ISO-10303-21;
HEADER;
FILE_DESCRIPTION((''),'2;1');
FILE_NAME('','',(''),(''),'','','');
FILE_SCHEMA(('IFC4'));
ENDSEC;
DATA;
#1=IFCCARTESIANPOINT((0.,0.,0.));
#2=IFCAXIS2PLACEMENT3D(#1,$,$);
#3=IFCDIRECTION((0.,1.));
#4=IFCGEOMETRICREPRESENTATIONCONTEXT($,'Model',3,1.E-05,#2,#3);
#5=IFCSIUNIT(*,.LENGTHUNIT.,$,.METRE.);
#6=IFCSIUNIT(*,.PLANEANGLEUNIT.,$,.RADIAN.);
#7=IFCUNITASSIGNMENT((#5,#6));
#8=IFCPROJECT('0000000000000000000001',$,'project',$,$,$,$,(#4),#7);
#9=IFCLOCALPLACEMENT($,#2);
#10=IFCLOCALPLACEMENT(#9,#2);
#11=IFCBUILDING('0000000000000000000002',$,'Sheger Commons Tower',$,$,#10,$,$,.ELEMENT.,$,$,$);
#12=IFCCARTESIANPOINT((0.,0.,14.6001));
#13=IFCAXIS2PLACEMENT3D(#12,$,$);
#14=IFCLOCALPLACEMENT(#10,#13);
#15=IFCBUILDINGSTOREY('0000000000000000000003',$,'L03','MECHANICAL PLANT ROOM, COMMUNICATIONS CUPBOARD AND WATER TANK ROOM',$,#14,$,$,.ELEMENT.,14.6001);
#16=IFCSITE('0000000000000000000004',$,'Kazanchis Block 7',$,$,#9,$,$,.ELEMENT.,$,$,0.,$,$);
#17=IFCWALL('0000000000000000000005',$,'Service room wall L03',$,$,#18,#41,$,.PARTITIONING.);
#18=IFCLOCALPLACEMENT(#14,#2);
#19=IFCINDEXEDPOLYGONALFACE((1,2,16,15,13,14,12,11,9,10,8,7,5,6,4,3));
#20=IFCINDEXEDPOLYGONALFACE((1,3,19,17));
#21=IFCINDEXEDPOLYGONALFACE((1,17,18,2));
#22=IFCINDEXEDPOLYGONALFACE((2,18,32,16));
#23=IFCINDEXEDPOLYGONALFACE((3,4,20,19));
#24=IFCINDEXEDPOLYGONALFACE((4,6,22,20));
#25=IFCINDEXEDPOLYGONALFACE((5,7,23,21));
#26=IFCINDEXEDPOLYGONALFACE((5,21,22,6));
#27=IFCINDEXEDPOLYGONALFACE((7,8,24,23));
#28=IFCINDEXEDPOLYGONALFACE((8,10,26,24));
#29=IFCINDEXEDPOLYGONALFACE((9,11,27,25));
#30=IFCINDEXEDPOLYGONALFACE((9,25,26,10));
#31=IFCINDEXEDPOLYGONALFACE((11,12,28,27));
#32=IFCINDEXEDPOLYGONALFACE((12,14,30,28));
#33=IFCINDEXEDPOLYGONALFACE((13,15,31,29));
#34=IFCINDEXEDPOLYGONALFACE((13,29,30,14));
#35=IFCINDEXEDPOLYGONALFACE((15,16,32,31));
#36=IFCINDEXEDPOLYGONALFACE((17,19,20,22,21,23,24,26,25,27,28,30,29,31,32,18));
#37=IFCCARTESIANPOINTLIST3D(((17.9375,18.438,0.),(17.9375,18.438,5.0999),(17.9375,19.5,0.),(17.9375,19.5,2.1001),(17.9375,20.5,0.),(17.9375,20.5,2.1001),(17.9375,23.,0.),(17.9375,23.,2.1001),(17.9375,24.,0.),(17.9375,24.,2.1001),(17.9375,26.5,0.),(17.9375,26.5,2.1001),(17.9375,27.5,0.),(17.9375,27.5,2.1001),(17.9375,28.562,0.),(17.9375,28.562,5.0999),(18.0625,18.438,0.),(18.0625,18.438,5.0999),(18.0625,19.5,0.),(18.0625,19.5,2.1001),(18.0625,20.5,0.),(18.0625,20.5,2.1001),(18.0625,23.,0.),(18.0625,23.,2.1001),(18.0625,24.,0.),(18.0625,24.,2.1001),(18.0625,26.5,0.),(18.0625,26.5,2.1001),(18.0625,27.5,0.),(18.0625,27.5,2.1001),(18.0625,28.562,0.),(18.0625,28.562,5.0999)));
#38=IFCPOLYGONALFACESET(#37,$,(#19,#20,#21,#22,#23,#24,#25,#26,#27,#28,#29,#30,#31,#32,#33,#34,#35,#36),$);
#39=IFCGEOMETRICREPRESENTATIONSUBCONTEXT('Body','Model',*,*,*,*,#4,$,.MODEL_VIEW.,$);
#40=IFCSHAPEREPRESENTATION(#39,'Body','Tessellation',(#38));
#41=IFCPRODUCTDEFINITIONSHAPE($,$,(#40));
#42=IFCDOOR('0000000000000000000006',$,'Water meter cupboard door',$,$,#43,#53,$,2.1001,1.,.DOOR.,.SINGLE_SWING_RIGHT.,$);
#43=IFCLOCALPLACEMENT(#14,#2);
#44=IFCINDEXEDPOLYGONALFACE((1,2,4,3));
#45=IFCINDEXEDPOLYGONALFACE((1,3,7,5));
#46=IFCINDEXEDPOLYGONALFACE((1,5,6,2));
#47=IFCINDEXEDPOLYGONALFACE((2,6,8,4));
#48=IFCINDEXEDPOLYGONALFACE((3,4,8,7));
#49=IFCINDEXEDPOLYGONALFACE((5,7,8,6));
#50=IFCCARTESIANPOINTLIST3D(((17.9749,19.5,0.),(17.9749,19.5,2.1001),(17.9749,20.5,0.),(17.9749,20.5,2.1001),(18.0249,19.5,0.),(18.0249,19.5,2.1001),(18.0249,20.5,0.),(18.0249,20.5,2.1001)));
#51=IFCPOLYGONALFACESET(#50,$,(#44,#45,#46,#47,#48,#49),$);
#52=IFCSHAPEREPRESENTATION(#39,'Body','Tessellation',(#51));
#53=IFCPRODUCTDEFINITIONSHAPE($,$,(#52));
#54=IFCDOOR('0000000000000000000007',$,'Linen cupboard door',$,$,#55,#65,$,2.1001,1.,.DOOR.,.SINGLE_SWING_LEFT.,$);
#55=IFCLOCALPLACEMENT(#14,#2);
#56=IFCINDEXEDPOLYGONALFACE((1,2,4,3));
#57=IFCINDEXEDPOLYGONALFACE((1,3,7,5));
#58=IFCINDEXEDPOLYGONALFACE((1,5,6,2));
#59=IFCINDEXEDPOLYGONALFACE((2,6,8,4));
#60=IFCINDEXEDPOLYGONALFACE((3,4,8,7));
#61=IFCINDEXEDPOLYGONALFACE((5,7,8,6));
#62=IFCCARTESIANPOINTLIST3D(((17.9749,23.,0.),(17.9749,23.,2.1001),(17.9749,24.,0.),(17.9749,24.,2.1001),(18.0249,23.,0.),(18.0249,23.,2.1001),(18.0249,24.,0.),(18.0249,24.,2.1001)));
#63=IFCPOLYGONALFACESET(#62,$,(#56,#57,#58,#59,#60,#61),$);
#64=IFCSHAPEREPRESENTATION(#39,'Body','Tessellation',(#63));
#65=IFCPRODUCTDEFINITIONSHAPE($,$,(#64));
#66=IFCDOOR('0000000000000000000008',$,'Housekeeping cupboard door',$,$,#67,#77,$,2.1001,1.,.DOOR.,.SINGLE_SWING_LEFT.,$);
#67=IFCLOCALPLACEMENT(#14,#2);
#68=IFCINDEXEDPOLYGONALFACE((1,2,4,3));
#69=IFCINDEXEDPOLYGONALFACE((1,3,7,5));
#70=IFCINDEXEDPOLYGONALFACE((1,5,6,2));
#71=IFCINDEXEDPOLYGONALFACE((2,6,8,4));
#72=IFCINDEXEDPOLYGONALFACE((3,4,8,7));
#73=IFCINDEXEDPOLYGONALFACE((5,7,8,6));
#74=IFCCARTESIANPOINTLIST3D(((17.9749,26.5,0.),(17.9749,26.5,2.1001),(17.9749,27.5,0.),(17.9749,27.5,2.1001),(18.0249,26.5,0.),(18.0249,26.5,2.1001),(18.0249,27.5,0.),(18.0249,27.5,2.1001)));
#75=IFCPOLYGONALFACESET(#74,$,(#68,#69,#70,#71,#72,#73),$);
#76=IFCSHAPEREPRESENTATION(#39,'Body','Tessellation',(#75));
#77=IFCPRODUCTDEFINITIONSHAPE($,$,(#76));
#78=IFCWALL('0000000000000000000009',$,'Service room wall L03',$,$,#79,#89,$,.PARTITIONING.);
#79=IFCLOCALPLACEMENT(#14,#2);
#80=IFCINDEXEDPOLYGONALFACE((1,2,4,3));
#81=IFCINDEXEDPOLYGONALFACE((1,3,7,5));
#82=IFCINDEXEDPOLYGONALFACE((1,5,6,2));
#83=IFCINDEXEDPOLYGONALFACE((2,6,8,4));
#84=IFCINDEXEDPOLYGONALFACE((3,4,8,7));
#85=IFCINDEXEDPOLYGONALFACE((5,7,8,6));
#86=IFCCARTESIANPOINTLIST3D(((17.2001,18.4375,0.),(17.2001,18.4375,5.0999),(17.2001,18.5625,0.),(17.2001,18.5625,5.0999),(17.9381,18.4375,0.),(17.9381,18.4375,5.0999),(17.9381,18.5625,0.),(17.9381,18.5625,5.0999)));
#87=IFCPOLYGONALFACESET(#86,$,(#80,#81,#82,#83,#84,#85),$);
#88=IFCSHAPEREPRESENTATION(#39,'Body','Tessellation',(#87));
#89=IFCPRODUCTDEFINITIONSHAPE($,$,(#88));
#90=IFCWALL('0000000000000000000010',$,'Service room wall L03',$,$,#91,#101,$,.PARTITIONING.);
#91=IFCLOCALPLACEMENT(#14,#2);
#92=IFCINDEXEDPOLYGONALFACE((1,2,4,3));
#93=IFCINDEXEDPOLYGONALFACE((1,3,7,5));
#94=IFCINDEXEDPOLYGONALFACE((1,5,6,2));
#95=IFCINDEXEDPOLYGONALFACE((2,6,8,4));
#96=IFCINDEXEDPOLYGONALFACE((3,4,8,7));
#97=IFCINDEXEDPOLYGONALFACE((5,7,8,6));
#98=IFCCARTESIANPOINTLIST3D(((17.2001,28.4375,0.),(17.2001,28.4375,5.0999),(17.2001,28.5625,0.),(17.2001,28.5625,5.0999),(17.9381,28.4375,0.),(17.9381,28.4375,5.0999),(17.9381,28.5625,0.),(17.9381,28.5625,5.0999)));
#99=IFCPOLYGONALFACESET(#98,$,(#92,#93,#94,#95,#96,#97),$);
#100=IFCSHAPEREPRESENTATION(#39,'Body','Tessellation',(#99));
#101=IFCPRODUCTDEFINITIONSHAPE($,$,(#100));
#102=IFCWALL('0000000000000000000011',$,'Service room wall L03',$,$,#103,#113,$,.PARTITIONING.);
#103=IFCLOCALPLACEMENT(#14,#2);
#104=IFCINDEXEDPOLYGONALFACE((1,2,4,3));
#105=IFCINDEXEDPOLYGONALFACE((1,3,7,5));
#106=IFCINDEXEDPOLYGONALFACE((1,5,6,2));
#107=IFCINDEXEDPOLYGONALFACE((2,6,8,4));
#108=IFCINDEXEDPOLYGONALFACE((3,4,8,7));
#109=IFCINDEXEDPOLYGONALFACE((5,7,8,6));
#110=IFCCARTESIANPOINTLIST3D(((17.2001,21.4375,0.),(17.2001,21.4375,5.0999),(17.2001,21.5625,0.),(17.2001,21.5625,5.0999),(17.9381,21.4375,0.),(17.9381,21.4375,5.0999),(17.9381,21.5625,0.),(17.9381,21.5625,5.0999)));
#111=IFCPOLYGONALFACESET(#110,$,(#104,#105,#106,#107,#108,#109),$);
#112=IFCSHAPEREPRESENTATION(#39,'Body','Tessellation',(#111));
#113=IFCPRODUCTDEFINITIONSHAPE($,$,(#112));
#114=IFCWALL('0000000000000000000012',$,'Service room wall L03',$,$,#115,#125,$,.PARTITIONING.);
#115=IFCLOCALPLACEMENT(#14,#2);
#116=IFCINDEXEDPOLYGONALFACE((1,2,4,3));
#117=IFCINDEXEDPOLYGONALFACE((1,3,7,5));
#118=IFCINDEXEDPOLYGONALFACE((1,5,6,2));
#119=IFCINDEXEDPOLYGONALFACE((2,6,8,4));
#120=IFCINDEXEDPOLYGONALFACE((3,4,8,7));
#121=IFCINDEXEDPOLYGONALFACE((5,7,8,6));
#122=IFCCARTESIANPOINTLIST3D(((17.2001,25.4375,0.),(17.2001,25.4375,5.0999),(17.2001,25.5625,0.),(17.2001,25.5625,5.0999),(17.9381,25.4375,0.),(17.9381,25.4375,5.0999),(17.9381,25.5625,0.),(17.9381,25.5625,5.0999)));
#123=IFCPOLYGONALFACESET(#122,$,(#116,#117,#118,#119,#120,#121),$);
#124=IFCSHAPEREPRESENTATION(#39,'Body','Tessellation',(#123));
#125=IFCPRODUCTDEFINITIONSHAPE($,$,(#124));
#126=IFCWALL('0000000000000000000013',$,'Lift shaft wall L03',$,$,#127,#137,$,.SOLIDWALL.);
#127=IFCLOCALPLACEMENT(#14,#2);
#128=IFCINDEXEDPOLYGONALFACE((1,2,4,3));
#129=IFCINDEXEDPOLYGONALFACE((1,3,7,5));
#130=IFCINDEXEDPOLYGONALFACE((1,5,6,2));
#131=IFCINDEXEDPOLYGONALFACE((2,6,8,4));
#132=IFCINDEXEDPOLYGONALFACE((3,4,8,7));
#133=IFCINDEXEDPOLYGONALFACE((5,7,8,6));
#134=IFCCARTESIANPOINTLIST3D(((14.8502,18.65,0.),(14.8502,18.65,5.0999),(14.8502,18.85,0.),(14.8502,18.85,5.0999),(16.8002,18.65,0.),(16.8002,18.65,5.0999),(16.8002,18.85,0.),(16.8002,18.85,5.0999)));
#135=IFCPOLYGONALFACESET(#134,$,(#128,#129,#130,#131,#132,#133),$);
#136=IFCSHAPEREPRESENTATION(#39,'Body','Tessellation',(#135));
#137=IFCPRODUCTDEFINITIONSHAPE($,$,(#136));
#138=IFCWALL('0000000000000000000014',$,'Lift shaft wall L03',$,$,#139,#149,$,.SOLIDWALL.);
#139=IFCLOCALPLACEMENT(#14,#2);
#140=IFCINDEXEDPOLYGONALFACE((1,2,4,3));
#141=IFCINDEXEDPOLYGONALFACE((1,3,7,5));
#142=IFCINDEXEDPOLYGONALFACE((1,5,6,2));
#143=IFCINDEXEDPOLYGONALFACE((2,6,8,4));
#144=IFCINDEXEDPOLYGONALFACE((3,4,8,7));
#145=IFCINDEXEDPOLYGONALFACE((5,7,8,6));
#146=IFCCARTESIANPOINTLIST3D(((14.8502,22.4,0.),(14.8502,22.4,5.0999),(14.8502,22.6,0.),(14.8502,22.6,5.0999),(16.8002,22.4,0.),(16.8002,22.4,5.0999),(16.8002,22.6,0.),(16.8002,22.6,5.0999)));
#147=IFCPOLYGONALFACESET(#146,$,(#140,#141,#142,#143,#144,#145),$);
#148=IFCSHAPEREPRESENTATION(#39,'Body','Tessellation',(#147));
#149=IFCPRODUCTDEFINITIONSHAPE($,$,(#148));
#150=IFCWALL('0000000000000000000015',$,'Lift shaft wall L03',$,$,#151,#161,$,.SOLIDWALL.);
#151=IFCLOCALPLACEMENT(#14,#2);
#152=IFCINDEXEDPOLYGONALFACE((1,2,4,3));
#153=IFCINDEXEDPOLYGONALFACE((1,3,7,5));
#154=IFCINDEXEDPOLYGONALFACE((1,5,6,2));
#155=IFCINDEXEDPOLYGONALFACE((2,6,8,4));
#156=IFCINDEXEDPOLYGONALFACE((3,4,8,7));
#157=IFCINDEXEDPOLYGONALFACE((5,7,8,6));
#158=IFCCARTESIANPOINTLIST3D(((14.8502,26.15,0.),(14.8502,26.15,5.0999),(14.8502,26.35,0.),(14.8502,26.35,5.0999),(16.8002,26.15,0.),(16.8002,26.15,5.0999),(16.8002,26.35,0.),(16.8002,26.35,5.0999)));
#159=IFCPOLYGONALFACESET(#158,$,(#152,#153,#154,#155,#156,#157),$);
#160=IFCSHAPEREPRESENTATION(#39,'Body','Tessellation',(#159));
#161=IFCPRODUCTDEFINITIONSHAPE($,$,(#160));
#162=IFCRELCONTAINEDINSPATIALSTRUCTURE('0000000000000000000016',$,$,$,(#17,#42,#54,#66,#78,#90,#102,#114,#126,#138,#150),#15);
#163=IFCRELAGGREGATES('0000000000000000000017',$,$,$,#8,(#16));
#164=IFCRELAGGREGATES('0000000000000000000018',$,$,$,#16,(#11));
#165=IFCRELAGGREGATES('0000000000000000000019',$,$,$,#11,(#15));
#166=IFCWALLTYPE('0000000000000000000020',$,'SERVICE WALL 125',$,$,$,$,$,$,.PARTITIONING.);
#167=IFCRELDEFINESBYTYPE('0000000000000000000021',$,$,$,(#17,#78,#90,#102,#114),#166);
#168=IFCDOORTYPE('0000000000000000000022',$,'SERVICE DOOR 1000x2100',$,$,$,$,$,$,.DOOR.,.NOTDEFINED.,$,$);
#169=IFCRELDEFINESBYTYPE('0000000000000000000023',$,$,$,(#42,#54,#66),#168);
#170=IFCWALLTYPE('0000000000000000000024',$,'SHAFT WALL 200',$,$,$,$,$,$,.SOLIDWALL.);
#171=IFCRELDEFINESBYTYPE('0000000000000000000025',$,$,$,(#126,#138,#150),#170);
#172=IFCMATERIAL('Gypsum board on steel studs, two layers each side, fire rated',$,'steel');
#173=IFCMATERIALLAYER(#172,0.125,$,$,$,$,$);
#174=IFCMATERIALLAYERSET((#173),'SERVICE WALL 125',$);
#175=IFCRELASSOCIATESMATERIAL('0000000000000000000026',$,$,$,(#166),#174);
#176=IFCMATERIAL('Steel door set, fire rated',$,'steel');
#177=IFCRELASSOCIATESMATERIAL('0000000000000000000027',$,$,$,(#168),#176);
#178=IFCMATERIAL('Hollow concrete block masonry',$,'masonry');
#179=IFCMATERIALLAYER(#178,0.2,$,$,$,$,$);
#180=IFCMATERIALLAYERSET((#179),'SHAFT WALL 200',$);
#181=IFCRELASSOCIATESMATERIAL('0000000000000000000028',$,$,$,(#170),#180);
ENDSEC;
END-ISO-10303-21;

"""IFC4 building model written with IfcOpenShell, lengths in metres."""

from ifc_helpers import new_model, si_unit, direction, frame, frame_2d, origin, place, context, subcontext, project, spatial, rectangle, extrude, material, layer, layer_set, type_object, element, fill, save


model = new_model("IFC4")

# Units and contexts
model_context = context("Model", 3, precision=1e-05, world=origin(), true_north=direction((0.0, 1.0)))
body_context = subcontext(model_context, "Body", "Model", "MODEL_VIEW")
ifc_project = project(units=[si_unit("LENGTHUNIT", "METRE"), si_unit("PLANEANGLEUNIT", "RADIAN")], contexts=[model_context])

# Site, building, storey
site_placement = place(None, origin())
site = spatial("IfcSite", under=ifc_project, at=site_placement, Name="Kazanchis Block 7", CompositionType="ELEMENT", RefElevation=0.0)
building_placement = place(site_placement, origin())
building = spatial("IfcBuilding", under=site, at=building_placement, Name="Sheger Commons Tower", CompositionType="ELEMENT")
storey_placement = place(building_placement, frame((0.0, 0.0, 14.6001)))
storey = spatial("IfcBuildingStorey", under=building, at=storey_placement, Name="L03", Description="MECHANICAL PLANT ROOM, COMMUNICATIONS CUPBOARD AND WATER TANK ROOM", CompositionType="ELEMENT", Elevation=14.6001)

# Shared definitions
ifc_material_1 = material(Name="Gypsum board on steel studs, two layers each side, fire rated", Category="steel")
ifc_layer_1 = layer(ifc_material_1, 0.125)
ifc_layer_set_1 = layer_set([ifc_layer_1], Name="SERVICE WALL 125")
wall_type_1 = type_object("IfcWallType", Name="SERVICE WALL 125", PredefinedType="PARTITIONING", material=ifc_layer_set_1)

# Shared definitions
ifc_material_2 = material(Name="Steel door set, fire rated", Category="steel")
door_type_1 = type_object("IfcDoorType", Name="SERVICE DOOR 1000x2100", OperationType="NOTDEFINED", PredefinedType="DOOR", material=ifc_material_2)

# Wall, openings, doors
wall_1_placement = place(storey_placement, frame((18.0, 28.562, 0.0), z_axis=(0.0, 0.0, 1.0), x_axis=(0.0, -1.0, 0.0)))
wall_1 = element("IfcWall", 1, at=wall_1_placement, inside=storey, type_object=wall_type_1, Name="Service room wall L03", PredefinedType="PARTITIONING", context=body_context, shape_type="SweptSolid", body=[
    extrude(rectangle(XDim=10.124, YDim=0.125, at=frame_2d((5.062, 0.0))), origin(), (0.0, 0.0, 1.0), 5.0999),
])
opening_1_placement = place(wall_1_placement, frame((8.062, 0.0, 0.0)))
opening_1 = element("IfcOpeningElement", 2, at=opening_1_placement, cuts=wall_1, PredefinedType="OPENING", context=body_context, shape_type="SweptSolid", body=[
    extrude(rectangle(XDim=1.0, YDim=2.1001, at=frame_2d((0.5, 1.05))), frame((0.0, 0.0725, 0.0), z_axis=(0.0, -1.0, 0.0), x_axis=(1.0, 0.0, 0.0)), (0.0, 0.0, 1.0), 0.145),
])
opening_2_placement = place(wall_1_placement, frame((4.562, 0.0, 0.0)))
opening_2 = element("IfcOpeningElement", 3, at=opening_2_placement, cuts=wall_1, PredefinedType="OPENING", context=body_context, shape_type="SweptSolid", body=[
    extrude(rectangle(XDim=1.0, YDim=2.1001, at=frame_2d((0.5, 1.05))), frame((0.0, 0.0725, 0.0), z_axis=(0.0, -1.0, 0.0), x_axis=(1.0, 0.0, 0.0)), (0.0, 0.0, 1.0), 0.145),
])
opening_3_placement = place(wall_1_placement, frame((1.062, 0.0, 0.0)))
opening_3 = element("IfcOpeningElement", 4, at=opening_3_placement, cuts=wall_1, PredefinedType="OPENING", context=body_context, shape_type="SweptSolid", body=[
    extrude(rectangle(XDim=1.0, YDim=2.1001, at=frame_2d((0.5, 1.05))), frame((0.0, 0.0725, 0.0), z_axis=(0.0, -1.0, 0.0), x_axis=(1.0, 0.0, 0.0)), (0.0, 0.0, 1.0), 0.145),
])
door_1_placement = place(opening_1_placement, origin())
door_1 = element("IfcDoor", 5, at=door_1_placement, inside=storey, type_object=door_type_1, Name="Water meter cupboard door", OperationType="SINGLE_SWING_RIGHT", OverallHeight=2.1001, OverallWidth=1.0, PredefinedType="DOOR", context=body_context, shape_type="SweptSolid", body=[
    extrude(rectangle(XDim=1.0, YDim=2.1001, at=frame_2d((0.5, 1.05))), frame((0.0, 0.0249, 0.0), z_axis=(0.0, -1.0, 0.0), x_axis=(1.0, 0.0, 0.0)), (0.0, 0.0, 1.0), 0.05),
])
fill(opening_1, door_1)
door_2_placement = place(opening_2_placement, origin())
door_2 = element("IfcDoor", 6, at=door_2_placement, inside=storey, type_object=door_type_1, Name="Linen cupboard door", OperationType="SINGLE_SWING_LEFT", OverallHeight=2.1001, OverallWidth=1.0, PredefinedType="DOOR", context=body_context, shape_type="SweptSolid", body=[
    extrude(rectangle(XDim=1.0, YDim=2.1001, at=frame_2d((0.5, 1.05))), frame((0.0, 0.0249, 0.0), z_axis=(0.0, -1.0, 0.0), x_axis=(1.0, 0.0, 0.0)), (0.0, 0.0, 1.0), 0.05),
])
fill(opening_2, door_2)
door_3_placement = place(opening_3_placement, origin())
door_3 = element("IfcDoor", 7, at=door_3_placement, inside=storey, type_object=door_type_1, Name="Housekeeping cupboard door", OperationType="SINGLE_SWING_LEFT", OverallHeight=2.1001, OverallWidth=1.0, PredefinedType="DOOR", context=body_context, shape_type="SweptSolid", body=[
    extrude(rectangle(XDim=1.0, YDim=2.1001, at=frame_2d((0.5, 1.05))), frame((0.0, 0.0249, 0.0), z_axis=(0.0, -1.0, 0.0), x_axis=(1.0, 0.0, 0.0)), (0.0, 0.0, 1.0), 0.05),
])
fill(opening_3, door_3)

# Walls
for number, where, z_axis, x_axis, name in (
    (8, (17.2, 18.5, 0.0), (0.0, 0.0, 1.0), (1.0, 0.0, 0.0), "Service room wall L03"),
    (9, (17.2, 28.5, 0.0), (0.0, 0.0, 1.0), (1.0, 0.0, 0.0), "Service room wall L03"),
    (10, (17.2, 21.5, 0.0), (0.0, 0.0, 1.0), (1.0, 0.0, 0.0), "Service room wall L03"),
    (11, (17.2, 25.5, 0.0), (0.0, 0.0, 1.0), (1.0, 0.0, 0.0), "Service room wall L03"),
):
    element("IfcWall", number, at=place(storey_placement, frame(where, z_axis=z_axis, x_axis=x_axis)), inside=storey, type_object=wall_type_1, Name=name, PredefinedType="PARTITIONING", context=body_context, shape_type="SweptSolid", body=[
        extrude(rectangle(XDim=0.738, YDim=0.125, at=frame_2d((0.3691, 0.0))), origin(), (0.0, 0.0, 1.0), 5.0999),
    ])
ifc_material_3 = material(Name="Hollow concrete block masonry", Category="masonry")
ifc_layer_2 = layer(ifc_material_3, 0.2)
ifc_layer_set_2 = layer_set([ifc_layer_2], Name="SHAFT WALL 200")
wall_type_2 = type_object("IfcWallType", Name="SHAFT WALL 200", PredefinedType="SOLIDWALL", material=ifc_layer_set_2)
for number, where, z_axis, x_axis, name in (
    (12, (14.8501, 18.75, 0.0), (0.0, 0.0, 1.0), (1.0, 0.0, 0.0), "Lift shaft wall L03"),
    (13, (14.8501, 22.5, 0.0), (0.0, 0.0, 1.0), (1.0, 0.0, 0.0), "Lift shaft wall L03"),
    (14, (14.8501, 26.25, 0.0), (0.0, 0.0, 1.0), (1.0, 0.0, 0.0), "Lift shaft wall L03"),
):
    element("IfcWall", number, at=place(storey_placement, frame(where, z_axis=z_axis, x_axis=x_axis)), inside=storey, type_object=wall_type_2, Name=name, PredefinedType="SOLIDWALL", context=body_context, shape_type="SweptSolid", body=[
        extrude(rectangle(XDim=1.95, YDim=0.2, at=frame_2d((0.9751, 0.0))), origin(), (0.0, 0.0, 1.0), 5.0999),
    ])

save(model, "model.ifc")
